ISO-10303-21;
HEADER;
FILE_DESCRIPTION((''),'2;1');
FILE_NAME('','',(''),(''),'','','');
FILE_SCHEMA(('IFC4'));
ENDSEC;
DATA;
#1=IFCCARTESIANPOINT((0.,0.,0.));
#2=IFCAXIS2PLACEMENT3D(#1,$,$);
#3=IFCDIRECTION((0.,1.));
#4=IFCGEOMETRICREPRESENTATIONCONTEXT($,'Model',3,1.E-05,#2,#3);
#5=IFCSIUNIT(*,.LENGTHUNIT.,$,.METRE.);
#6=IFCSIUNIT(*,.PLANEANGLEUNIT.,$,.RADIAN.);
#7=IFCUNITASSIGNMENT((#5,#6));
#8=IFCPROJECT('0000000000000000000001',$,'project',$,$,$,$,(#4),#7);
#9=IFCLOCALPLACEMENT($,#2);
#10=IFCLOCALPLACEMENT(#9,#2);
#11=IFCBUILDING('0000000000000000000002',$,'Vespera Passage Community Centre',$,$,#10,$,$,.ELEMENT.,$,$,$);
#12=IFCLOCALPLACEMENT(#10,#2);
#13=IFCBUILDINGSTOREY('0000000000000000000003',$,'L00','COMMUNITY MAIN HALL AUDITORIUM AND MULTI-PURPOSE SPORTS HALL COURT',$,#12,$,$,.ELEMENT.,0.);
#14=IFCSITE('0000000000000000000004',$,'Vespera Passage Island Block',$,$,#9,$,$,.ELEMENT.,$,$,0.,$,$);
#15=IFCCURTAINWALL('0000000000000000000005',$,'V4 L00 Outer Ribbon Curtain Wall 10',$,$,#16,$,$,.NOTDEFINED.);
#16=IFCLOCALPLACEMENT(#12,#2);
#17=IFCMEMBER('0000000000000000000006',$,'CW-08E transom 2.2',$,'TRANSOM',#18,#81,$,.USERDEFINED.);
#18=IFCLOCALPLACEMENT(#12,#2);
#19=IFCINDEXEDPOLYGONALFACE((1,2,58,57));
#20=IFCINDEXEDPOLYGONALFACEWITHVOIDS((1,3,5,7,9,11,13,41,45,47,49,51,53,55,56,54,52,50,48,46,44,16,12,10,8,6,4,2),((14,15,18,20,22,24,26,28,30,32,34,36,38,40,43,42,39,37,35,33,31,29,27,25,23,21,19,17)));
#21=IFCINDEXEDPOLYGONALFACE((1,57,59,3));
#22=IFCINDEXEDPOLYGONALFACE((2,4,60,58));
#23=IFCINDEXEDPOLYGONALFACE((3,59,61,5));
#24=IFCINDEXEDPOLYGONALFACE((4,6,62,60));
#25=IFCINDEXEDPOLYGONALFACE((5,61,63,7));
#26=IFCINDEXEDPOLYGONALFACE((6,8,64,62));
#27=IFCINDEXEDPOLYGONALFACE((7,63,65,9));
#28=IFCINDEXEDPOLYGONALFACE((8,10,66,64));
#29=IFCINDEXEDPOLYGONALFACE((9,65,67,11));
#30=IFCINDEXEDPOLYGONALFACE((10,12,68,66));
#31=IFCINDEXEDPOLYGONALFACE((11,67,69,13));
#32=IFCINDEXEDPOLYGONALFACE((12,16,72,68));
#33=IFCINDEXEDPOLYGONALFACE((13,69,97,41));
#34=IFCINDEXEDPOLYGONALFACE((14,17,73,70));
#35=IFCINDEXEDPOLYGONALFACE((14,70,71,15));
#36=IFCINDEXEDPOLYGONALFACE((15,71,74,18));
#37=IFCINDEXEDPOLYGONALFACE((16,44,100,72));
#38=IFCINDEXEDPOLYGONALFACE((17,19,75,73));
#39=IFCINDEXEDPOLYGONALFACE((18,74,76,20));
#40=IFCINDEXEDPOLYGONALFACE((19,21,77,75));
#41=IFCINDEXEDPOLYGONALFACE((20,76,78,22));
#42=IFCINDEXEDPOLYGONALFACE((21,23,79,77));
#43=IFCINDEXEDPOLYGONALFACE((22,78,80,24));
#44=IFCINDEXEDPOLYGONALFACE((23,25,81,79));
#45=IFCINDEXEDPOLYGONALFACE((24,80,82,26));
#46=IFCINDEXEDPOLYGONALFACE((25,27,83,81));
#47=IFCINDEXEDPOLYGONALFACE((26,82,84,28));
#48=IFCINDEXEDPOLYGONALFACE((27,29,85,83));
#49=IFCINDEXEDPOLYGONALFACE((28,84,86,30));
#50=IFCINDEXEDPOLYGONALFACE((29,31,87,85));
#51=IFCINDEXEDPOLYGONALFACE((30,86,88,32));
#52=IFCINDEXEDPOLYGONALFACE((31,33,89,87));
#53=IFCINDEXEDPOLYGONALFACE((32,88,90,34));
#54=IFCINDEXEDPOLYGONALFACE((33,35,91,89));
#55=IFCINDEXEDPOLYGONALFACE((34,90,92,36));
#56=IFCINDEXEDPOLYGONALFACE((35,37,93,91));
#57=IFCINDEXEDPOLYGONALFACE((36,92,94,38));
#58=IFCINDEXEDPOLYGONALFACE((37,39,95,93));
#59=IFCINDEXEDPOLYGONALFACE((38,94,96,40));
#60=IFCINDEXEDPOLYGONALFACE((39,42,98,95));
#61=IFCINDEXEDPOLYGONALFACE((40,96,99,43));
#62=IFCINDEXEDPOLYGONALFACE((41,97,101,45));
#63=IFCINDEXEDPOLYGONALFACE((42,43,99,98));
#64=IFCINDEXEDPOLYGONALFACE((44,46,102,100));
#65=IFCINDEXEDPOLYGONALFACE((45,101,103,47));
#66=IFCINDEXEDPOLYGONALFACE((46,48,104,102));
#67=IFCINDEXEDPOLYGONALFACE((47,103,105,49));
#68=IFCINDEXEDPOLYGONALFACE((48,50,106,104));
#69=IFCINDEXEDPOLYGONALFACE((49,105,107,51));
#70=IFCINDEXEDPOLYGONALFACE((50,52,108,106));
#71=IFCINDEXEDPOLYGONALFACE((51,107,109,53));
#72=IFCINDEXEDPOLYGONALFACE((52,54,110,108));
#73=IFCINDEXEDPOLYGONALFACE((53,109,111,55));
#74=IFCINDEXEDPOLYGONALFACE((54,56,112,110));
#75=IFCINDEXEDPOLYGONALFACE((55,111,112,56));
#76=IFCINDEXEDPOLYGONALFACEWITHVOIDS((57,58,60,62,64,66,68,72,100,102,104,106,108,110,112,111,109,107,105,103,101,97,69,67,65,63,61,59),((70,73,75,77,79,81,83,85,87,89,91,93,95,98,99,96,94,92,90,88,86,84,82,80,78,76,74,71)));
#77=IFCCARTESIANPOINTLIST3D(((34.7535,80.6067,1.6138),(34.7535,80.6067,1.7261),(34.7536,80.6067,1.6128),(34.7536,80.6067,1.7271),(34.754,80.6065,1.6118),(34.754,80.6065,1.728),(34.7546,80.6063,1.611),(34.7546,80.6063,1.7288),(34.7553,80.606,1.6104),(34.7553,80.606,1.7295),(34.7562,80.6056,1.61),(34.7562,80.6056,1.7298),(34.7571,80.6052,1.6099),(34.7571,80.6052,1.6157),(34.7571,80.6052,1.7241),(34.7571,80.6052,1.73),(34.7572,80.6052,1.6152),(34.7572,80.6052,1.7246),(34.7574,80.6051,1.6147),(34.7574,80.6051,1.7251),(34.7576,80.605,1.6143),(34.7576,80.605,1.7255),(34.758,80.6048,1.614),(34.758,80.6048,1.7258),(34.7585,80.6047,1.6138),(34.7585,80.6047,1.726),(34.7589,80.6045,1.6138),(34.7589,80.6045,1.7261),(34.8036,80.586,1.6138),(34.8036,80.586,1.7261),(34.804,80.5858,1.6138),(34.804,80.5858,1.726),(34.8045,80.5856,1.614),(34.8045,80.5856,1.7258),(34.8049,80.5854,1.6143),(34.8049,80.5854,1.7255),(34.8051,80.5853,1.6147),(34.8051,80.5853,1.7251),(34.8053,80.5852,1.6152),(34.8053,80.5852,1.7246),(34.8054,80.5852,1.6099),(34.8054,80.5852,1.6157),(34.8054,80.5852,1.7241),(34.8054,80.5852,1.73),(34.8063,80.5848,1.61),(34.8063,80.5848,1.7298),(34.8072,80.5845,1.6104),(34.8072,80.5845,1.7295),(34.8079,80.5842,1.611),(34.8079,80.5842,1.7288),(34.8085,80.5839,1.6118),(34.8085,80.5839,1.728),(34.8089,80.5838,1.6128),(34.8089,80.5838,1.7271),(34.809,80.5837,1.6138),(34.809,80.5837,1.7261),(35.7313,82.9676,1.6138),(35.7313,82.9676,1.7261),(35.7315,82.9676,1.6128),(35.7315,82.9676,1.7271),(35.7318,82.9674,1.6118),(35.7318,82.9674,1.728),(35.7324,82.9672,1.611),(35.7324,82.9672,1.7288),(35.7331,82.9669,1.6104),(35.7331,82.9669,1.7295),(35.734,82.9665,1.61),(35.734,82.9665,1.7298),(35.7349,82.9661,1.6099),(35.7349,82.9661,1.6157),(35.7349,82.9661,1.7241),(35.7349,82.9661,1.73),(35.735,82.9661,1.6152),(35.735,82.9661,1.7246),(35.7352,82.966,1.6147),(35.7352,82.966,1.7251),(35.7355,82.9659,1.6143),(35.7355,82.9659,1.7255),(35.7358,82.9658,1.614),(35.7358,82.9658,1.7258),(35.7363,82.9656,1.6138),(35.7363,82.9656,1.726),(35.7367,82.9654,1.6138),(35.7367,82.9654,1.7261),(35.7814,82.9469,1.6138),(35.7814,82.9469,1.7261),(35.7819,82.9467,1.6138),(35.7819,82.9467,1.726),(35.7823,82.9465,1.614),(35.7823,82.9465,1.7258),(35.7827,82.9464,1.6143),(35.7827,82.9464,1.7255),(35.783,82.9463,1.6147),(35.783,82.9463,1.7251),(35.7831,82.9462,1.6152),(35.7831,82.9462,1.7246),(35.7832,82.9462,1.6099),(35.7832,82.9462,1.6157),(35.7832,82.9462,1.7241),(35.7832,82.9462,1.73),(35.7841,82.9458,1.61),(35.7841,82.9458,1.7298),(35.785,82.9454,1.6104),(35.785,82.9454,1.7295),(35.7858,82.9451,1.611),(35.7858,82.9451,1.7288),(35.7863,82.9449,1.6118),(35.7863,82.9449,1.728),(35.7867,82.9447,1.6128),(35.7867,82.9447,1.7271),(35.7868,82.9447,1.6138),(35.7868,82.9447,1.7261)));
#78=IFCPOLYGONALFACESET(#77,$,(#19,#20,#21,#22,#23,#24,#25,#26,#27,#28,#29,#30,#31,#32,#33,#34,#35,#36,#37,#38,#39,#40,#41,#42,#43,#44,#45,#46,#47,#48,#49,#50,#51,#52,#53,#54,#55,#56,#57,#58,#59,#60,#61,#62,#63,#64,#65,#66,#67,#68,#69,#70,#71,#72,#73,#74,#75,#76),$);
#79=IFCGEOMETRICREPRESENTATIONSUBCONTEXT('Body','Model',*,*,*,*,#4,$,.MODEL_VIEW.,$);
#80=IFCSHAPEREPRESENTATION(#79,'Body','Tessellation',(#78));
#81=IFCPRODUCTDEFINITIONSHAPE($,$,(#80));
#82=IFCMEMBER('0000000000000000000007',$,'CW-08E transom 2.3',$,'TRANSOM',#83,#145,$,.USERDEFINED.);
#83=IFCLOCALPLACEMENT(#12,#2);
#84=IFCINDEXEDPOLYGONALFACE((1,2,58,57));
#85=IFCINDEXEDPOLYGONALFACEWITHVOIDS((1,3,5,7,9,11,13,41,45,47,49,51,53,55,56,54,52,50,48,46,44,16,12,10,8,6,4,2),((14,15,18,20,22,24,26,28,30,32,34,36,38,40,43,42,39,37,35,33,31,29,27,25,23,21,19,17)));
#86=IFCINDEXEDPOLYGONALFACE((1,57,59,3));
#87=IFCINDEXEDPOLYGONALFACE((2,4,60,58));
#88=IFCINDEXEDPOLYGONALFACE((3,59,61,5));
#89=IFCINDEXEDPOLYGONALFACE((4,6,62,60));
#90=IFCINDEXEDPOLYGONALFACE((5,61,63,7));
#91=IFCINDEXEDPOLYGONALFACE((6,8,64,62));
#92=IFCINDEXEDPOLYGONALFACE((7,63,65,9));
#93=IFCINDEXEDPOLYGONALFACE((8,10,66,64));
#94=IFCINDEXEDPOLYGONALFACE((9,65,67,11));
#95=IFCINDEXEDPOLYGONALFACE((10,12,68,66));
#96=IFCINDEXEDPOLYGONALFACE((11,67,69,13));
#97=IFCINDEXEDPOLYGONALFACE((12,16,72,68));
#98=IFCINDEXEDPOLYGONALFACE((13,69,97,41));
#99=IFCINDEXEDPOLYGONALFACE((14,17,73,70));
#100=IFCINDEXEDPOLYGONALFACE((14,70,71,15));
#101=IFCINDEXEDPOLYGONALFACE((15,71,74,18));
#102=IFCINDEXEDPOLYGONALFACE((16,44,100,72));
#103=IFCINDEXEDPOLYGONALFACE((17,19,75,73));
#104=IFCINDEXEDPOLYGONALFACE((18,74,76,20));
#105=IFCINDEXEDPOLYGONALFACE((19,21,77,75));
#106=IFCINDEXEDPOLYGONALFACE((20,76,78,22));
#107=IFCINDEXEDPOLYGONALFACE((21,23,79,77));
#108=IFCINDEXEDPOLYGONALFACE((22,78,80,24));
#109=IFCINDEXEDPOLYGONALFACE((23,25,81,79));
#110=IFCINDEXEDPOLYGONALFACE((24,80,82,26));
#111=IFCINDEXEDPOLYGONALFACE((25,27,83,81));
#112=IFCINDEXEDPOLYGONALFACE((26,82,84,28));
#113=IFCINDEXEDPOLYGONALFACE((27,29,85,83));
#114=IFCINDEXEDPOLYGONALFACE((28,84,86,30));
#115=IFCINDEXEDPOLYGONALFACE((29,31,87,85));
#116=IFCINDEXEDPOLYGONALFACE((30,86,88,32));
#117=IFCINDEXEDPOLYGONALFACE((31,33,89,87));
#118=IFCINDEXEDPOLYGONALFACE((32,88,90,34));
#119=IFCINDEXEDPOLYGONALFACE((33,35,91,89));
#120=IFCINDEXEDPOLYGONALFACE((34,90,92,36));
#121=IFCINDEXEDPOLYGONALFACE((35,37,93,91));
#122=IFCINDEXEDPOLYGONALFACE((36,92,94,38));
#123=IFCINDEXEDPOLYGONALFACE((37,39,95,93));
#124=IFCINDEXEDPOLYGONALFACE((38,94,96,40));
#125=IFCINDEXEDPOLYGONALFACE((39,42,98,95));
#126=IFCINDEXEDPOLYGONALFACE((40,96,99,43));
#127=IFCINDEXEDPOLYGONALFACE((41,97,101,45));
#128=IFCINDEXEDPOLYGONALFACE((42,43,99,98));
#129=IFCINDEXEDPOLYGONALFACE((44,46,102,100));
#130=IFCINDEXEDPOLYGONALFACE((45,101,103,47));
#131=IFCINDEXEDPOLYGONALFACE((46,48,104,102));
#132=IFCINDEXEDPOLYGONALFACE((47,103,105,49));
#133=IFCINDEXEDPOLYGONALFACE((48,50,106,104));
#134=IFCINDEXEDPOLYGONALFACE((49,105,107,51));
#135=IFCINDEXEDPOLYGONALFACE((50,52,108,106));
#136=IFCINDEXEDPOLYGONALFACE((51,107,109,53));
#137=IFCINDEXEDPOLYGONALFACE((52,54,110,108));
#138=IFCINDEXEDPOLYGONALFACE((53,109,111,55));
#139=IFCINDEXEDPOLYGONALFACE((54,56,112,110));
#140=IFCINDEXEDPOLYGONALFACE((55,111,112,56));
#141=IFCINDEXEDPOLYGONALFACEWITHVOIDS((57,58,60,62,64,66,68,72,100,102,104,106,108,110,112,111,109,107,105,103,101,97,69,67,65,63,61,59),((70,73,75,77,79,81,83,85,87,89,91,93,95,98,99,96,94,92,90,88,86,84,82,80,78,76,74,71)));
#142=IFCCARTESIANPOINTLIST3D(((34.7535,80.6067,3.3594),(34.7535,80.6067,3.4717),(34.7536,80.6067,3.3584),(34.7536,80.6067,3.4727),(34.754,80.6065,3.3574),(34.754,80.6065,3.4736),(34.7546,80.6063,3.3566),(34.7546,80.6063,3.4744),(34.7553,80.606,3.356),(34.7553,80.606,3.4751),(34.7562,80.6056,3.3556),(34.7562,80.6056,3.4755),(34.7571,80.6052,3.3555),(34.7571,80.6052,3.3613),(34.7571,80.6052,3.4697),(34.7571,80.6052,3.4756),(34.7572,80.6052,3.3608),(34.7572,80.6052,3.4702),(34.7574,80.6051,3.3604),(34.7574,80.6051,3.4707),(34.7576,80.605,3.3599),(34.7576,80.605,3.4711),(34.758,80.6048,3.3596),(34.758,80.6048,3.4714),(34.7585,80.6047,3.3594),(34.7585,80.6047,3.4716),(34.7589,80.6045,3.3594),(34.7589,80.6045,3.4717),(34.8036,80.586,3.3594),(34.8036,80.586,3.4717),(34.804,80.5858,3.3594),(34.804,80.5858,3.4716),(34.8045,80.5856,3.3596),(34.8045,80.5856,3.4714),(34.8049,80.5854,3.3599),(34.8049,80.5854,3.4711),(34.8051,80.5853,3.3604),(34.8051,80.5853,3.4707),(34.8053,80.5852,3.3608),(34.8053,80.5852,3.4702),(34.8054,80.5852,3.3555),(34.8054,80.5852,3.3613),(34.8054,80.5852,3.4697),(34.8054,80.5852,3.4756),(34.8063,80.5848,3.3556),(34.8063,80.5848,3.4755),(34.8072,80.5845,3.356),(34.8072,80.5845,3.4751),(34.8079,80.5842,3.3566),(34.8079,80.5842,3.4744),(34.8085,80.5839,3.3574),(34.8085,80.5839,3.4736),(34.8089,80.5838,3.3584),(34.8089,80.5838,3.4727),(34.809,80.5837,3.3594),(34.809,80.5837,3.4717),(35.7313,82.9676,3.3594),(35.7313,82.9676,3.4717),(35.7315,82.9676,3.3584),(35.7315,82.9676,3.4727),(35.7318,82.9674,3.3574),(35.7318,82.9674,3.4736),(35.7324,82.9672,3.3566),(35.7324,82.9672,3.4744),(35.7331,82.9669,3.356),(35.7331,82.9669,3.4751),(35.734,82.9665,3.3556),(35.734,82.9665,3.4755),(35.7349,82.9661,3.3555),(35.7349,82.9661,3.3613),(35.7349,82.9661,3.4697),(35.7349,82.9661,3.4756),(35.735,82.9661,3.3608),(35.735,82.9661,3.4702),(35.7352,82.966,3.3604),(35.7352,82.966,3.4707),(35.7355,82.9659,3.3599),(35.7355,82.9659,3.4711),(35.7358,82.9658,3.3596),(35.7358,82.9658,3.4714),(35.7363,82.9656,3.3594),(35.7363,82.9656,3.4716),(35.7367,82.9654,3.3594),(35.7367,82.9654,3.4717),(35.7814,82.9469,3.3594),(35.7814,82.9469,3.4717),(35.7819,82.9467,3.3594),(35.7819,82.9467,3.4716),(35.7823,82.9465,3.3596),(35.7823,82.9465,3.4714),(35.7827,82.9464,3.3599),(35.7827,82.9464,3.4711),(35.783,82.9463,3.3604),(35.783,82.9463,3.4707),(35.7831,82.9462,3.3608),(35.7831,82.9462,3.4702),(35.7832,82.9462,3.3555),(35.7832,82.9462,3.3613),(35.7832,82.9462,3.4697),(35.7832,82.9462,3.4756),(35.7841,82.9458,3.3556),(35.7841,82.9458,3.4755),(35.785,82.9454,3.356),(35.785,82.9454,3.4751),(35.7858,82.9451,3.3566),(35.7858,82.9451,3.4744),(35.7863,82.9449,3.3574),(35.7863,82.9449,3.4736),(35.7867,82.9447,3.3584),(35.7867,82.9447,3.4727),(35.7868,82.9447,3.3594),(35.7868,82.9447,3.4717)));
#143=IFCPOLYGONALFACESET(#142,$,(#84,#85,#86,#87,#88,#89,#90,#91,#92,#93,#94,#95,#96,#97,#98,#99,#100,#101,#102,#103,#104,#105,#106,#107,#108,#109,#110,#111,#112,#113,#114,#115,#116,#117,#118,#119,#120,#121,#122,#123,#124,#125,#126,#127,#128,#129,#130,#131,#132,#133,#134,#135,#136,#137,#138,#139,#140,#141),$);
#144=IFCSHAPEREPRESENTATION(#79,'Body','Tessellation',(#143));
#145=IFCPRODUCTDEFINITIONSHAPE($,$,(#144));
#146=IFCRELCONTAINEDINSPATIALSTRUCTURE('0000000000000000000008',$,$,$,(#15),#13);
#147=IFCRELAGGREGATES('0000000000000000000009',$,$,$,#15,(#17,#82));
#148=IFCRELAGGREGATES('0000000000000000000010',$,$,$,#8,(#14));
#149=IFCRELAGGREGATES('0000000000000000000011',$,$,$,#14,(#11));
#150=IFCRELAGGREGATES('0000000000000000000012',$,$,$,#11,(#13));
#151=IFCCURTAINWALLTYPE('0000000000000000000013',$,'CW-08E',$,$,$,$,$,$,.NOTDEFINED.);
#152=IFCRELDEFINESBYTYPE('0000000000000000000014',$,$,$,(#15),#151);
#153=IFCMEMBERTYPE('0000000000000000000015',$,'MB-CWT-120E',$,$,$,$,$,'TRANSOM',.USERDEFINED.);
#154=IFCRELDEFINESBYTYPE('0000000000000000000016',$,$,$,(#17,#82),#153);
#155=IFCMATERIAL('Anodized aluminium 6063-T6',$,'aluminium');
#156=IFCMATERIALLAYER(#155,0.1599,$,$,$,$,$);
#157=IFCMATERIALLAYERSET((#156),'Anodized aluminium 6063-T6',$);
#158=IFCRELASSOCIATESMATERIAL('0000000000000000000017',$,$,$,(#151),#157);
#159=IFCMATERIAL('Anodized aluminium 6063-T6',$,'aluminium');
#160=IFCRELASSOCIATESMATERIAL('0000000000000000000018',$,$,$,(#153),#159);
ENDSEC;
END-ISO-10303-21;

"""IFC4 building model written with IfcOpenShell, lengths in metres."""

from ifc_helpers import new_model, si_unit, direction, frame, origin, origin_2d, place, context, subcontext, project, spatial, hollow_rectangle, extrude, material, layer, layer_set, material_profile, profile_set, type_object, element, aggregate, save


model = new_model("IFC4")

# Units and contexts
model_context = context("Model", 3, precision=1e-05, world=origin(), true_north=direction((0.0, 1.0)))
body_context = subcontext(model_context, "Body", "Model", "MODEL_VIEW")
ifc_project = project(units=[si_unit("LENGTHUNIT", "METRE"), si_unit("PLANEANGLEUNIT", "RADIAN")], contexts=[model_context])

# Site, building, storey
site_placement = place(None, origin())
site = spatial("IfcSite", under=ifc_project, at=site_placement, Name="Vespera Passage Island Block", CompositionType="ELEMENT", RefElevation=0.0)
building_placement = place(site_placement, origin())
building = spatial("IfcBuilding", under=site, at=building_placement, Name="Vespera Passage Community Centre", CompositionType="ELEMENT")
storey_placement = place(building_placement, origin())
storey = spatial("IfcBuildingStorey", under=building, at=storey_placement, Name="L00", Description="COMMUNITY MAIN HALL AUDITORIUM AND MULTI-PURPOSE SPORTS HALL COURT", CompositionType="ELEMENT", Elevation=0.0)

# Curtain wall, members
ifc_material_1 = material(Name="Anodized aluminium 6063-T6", Category="aluminium")
ifc_layer_1 = layer(ifc_material_1, 0.1599)
ifc_layer_set_1 = layer_set([ifc_layer_1], Name="Anodized aluminium 6063-T6")
curtain_wall_type_1 = type_object("IfcCurtainWallType", Name="CW-08E", PredefinedType="NOTDEFINED", material=ifc_layer_set_1)
curtain_wall_1_placement = place(storey_placement, origin())
curtain_wall_1 = element("IfcCurtainWall", 1, at=curtain_wall_1_placement, inside=storey, type_object=curtain_wall_type_1, Name="V4 L00 Outer Ribbon Curtain Wall 10", PredefinedType="NOTDEFINED")
ifc_material_2 = material(Name="Anodized aluminium 6063-T6", Category="aluminium")
ifc_material_profile_1 = material_profile(ifc_material_2, hollow_rectangle(XDim=0.0601, YDim=0.1201, WallThickness=0.0039, InnerFilletRadius=0.002, OuterFilletRadius=0.0039, at=origin_2d()), Name="ALU120X60X4")
ifc_profile_set_1 = profile_set([ifc_material_profile_1], Name="Anodized aluminium 6063-T6")
member_type_1 = type_object("IfcMemberType", Name="MB-CWT-120E", ElementType="TRANSOM", PredefinedType="USERDEFINED", material=ifc_profile_set_1)
member_1_placement = place(storey_placement, frame((34.7812, 80.5952, 1.6699), z_axis=(0.382647, 0.923895, 0.0), x_axis=(-0.923895, 0.382647, 0.0)))
member_1 = element("IfcMember", 2, at=member_1_placement, type_object=member_type_1, Name="CW-08E transom 2.2", ObjectType="TRANSOM", PredefinedType="USERDEFINED", context=body_context, shape_type="SweptSolid", body=[
    extrude(hollow_rectangle(XDim=0.0601, YDim=0.1201, WallThickness=0.0039, InnerFilletRadius=0.002, OuterFilletRadius=0.0039, at=origin_2d()), origin(), (0.0, 0.0, 1.0), 2.5554),
])
member_2_placement = place(storey_placement, frame((34.7812, 80.5952, 3.4155), z_axis=(0.382647, 0.923895, 0.0), x_axis=(-0.923895, 0.382647, 0.0)))
member_2 = element("IfcMember", 3, at=member_2_placement, type_object=member_type_1, Name="CW-08E transom 2.3", ObjectType="TRANSOM", PredefinedType="USERDEFINED", context=body_context, shape_type="SweptSolid", body=[
    extrude(hollow_rectangle(XDim=0.0601, YDim=0.1201, WallThickness=0.0039, InnerFilletRadius=0.002, OuterFilletRadius=0.0039, at=origin_2d()), origin(), (0.0, 0.0, 1.0), 2.5554),
])

aggregate(curtain_wall_1, [member_1, member_2])

save(model, "model.ifc")
